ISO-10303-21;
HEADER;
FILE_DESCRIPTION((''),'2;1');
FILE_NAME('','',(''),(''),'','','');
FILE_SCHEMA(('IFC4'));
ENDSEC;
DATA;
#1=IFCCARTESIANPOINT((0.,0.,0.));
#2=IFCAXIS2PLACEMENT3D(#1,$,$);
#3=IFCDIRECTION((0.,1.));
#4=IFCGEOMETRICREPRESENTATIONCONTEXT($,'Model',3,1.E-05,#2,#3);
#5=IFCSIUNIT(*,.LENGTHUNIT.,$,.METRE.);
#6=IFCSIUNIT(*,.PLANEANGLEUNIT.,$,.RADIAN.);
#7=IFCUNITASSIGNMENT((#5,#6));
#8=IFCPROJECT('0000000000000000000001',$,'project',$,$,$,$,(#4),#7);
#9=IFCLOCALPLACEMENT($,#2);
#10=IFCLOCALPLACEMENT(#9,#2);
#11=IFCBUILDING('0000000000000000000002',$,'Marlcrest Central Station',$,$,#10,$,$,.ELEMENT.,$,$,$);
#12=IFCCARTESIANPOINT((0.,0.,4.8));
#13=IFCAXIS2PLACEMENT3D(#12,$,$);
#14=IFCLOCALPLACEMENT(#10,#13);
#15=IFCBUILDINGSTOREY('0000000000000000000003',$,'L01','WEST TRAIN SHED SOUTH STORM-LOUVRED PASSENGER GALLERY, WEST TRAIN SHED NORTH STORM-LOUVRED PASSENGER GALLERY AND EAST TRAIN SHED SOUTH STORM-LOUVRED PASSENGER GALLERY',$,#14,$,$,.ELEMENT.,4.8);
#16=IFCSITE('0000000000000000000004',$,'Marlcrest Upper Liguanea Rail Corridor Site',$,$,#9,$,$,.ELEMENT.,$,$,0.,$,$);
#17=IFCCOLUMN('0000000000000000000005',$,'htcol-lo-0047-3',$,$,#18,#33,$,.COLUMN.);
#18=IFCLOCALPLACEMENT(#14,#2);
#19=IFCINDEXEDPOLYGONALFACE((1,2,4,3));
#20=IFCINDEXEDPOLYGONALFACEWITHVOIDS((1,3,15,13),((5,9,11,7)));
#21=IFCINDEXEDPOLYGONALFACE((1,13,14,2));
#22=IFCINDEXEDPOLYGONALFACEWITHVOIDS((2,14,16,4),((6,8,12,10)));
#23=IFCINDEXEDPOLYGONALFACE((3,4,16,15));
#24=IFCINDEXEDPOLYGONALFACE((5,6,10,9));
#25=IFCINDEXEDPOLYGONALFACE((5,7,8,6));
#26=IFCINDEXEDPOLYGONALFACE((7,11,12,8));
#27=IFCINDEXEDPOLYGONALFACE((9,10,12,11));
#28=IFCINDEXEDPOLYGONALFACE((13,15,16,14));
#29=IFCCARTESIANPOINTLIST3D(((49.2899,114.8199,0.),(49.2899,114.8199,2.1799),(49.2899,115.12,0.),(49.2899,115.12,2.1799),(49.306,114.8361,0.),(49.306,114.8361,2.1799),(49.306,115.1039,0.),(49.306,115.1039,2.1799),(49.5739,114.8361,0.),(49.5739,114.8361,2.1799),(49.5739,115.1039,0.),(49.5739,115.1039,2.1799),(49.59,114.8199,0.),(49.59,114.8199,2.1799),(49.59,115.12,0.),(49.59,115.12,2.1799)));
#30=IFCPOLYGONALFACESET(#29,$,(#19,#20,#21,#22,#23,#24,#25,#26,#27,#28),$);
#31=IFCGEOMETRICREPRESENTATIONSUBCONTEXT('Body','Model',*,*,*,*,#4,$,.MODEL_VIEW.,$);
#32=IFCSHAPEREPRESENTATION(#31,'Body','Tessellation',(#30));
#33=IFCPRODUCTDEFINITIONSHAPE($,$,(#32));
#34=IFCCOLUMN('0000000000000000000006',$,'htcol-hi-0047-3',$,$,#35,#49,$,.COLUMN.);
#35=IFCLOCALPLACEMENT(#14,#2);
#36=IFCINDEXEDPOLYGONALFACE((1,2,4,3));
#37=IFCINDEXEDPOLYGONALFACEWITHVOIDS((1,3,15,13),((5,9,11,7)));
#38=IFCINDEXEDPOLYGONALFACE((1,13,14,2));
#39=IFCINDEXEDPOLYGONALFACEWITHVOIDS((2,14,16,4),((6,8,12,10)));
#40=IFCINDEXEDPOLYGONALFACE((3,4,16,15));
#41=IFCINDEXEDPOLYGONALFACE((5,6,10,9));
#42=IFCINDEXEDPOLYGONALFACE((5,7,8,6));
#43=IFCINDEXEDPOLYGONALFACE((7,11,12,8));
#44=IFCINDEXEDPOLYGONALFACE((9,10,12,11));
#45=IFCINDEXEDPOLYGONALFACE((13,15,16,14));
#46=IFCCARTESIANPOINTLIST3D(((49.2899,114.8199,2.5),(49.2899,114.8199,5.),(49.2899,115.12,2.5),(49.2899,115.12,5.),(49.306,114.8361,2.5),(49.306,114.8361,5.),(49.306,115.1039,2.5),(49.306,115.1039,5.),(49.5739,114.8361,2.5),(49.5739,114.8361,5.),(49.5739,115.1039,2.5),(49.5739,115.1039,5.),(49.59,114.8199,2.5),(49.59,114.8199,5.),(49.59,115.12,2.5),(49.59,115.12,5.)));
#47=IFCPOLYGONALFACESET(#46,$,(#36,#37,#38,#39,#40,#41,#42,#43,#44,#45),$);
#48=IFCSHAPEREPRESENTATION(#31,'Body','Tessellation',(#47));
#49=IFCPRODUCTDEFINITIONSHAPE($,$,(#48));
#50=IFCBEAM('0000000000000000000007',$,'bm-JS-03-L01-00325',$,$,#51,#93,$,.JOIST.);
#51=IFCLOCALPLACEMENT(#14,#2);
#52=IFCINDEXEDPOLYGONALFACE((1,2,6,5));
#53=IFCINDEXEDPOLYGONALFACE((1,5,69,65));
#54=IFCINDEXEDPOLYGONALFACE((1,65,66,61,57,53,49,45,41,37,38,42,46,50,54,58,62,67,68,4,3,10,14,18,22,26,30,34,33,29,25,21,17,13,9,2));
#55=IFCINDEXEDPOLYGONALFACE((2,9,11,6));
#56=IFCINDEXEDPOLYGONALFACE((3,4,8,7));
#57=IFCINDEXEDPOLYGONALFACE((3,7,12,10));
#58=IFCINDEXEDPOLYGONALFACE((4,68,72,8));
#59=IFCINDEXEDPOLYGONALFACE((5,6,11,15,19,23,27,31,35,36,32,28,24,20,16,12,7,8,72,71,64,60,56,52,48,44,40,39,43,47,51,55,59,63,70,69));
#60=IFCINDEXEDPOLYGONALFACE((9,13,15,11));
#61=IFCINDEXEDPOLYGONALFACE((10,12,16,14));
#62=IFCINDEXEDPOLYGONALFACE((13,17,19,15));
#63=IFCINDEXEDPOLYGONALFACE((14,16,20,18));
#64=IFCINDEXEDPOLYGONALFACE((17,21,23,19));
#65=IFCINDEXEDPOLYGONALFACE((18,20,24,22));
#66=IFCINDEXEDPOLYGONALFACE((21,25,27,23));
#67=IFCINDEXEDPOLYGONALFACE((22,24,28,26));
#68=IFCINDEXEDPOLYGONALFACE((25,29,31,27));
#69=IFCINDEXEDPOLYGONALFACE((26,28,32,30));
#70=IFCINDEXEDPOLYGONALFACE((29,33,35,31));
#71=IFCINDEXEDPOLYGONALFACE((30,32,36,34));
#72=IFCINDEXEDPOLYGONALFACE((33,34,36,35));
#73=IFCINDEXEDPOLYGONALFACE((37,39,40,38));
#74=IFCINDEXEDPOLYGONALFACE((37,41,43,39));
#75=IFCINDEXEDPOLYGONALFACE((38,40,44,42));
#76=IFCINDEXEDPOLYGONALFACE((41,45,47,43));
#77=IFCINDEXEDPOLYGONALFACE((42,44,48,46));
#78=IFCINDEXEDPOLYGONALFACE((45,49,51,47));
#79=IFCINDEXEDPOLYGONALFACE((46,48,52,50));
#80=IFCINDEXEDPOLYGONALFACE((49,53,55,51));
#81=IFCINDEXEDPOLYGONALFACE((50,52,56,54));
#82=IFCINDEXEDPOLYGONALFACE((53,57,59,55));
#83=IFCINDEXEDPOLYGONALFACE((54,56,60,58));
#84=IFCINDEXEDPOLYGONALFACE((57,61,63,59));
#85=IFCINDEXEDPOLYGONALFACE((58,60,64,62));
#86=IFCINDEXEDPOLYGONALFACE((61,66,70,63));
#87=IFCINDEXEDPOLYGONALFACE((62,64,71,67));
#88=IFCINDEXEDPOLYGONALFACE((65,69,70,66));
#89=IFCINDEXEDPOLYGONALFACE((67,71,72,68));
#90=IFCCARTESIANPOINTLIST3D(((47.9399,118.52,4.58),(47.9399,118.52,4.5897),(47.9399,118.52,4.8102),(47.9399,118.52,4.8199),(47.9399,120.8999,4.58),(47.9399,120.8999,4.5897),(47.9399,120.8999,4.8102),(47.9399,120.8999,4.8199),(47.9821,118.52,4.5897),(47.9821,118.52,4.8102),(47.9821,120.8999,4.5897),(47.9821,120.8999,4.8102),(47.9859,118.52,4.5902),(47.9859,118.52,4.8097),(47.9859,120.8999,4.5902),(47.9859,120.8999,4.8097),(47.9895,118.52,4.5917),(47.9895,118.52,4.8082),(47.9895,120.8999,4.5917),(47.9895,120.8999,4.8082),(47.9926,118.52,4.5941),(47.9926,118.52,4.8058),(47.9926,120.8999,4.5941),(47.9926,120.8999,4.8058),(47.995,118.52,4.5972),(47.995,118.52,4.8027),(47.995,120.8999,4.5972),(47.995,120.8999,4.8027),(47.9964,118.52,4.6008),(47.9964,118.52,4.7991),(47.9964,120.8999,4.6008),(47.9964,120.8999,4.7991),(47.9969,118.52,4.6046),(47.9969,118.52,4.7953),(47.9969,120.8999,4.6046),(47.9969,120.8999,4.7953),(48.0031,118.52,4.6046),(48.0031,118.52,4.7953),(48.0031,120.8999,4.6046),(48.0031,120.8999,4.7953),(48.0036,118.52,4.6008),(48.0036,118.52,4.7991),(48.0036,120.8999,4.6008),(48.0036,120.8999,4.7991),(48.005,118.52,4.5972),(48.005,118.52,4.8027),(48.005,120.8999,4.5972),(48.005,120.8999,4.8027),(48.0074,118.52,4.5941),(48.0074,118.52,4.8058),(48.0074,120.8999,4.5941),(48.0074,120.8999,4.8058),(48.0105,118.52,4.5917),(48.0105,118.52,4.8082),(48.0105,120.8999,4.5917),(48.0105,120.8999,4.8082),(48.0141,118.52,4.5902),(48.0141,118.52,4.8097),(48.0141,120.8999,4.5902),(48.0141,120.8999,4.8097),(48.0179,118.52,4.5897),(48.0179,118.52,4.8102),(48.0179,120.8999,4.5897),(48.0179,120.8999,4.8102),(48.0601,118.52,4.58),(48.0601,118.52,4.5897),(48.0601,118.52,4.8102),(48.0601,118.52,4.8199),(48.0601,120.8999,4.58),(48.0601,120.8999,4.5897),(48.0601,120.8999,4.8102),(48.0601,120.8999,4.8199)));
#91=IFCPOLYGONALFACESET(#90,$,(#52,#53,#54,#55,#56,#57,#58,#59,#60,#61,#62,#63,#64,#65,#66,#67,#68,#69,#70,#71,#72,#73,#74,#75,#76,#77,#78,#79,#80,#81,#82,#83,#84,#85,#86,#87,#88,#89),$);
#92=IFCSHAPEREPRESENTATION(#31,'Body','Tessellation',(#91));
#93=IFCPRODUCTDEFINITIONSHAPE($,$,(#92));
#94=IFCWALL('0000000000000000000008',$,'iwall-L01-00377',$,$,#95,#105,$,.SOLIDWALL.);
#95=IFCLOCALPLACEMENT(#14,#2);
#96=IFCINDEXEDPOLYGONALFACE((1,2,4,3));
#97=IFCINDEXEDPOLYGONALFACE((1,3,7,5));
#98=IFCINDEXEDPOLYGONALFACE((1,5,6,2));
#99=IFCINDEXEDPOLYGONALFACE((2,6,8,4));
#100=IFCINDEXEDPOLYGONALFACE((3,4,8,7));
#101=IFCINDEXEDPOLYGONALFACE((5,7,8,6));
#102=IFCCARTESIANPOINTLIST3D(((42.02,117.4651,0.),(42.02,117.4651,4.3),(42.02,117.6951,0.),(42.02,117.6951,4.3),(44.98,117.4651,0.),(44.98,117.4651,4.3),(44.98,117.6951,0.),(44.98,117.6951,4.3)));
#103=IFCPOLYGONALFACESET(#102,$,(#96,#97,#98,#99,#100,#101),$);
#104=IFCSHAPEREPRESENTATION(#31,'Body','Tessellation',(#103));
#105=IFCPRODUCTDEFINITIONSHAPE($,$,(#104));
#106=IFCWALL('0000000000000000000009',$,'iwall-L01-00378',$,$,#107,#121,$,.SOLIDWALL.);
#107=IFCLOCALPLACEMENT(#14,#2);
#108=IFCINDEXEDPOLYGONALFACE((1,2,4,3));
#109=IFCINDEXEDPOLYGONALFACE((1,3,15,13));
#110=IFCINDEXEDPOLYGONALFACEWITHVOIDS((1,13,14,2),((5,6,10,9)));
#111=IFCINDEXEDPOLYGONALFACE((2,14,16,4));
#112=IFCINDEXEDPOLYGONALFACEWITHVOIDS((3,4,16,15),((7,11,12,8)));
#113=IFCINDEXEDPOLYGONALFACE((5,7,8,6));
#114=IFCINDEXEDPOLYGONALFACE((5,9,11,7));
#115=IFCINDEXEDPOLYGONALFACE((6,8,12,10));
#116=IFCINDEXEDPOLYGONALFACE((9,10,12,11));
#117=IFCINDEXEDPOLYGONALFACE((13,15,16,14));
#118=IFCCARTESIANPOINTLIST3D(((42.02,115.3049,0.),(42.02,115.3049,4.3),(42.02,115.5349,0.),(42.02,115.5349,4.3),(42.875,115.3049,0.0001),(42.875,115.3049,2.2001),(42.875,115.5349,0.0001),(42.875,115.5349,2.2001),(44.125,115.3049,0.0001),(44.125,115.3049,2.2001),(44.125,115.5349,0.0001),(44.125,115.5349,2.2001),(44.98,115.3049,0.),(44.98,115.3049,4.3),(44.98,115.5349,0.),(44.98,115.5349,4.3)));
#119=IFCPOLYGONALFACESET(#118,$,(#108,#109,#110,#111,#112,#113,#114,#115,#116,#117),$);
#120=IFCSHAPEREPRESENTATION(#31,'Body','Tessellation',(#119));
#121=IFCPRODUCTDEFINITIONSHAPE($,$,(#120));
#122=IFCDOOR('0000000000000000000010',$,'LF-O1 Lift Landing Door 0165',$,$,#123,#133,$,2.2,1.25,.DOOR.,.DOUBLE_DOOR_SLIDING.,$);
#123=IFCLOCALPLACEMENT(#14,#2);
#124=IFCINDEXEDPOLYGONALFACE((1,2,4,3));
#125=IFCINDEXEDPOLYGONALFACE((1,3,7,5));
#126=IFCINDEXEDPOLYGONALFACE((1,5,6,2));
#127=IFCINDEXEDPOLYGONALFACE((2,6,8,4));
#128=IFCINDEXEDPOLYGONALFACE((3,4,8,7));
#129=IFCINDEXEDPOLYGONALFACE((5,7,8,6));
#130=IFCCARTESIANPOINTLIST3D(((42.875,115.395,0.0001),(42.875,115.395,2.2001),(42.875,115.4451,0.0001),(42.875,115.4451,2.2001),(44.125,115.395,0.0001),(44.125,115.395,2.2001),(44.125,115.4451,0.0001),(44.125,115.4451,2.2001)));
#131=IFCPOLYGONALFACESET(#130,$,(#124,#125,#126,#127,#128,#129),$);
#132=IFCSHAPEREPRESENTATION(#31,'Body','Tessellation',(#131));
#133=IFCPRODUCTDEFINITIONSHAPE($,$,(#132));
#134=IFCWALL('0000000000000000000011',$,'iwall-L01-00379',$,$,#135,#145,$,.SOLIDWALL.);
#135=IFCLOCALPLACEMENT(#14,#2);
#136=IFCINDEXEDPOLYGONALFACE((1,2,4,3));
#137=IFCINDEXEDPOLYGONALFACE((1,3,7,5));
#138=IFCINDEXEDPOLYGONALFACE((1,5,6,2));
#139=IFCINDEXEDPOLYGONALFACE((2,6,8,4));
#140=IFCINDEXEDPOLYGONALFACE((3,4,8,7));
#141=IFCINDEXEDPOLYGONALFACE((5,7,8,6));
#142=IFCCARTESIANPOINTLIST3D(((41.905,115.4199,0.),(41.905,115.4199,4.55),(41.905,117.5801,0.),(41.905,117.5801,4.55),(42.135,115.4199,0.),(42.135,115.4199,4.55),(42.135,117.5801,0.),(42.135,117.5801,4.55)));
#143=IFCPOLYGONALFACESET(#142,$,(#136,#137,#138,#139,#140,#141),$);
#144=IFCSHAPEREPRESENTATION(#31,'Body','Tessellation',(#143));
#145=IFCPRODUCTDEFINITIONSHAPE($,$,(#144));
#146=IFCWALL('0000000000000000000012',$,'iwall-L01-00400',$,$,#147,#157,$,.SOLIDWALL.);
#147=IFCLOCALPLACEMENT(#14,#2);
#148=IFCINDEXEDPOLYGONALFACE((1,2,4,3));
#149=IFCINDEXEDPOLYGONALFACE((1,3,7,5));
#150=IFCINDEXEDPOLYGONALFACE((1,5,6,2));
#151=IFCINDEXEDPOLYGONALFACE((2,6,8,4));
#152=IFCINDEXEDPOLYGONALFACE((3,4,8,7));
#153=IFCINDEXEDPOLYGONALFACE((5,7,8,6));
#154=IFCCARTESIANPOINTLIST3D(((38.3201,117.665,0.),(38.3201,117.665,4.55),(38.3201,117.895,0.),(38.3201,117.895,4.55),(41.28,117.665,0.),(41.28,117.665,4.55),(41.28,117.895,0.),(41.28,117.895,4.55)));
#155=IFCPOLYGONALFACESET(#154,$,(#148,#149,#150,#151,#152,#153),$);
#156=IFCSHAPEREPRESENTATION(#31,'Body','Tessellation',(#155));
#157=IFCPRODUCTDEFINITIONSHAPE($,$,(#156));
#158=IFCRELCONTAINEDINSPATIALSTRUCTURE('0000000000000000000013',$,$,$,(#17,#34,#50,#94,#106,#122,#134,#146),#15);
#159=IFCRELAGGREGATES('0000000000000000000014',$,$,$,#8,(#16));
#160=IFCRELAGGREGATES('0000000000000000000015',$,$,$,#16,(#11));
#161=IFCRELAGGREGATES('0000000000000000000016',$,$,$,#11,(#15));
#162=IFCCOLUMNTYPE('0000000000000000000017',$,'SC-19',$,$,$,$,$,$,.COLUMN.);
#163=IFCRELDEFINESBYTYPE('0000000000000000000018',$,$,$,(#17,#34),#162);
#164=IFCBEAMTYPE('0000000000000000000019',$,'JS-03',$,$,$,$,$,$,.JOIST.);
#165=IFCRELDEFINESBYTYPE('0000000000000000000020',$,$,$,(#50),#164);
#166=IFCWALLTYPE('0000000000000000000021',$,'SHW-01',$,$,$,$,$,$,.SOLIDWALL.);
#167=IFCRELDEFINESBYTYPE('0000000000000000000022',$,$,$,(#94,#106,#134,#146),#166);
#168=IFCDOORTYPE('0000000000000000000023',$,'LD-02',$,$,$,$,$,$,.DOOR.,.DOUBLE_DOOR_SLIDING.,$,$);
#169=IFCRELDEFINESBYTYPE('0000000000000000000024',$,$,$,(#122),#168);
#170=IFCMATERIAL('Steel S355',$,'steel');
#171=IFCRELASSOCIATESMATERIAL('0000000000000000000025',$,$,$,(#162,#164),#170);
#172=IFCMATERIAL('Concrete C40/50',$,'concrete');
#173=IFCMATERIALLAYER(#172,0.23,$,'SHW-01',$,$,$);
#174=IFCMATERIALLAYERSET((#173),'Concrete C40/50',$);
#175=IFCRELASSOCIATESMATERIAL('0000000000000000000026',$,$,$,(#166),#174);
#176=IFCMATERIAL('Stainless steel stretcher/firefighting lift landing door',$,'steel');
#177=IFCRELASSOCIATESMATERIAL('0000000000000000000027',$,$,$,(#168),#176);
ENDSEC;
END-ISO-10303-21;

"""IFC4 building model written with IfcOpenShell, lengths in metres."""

from ifc_helpers import new_model, si_unit, direction, frame, frame_2d, origin, origin_2d, place, context, subcontext, project, spatial, rectangle, hollow_rectangle, i_section, extrude, material, layer, layer_set, material_profile, profile_set, type_object, element, fill, save


model = new_model("IFC4")

# Units and contexts
model_context = context("Model", 3, precision=1e-05, world=origin(), true_north=direction((0.0, 1.0)))
body_context = subcontext(model_context, "Body", "Model", "MODEL_VIEW")
ifc_project = project(units=[si_unit("LENGTHUNIT", "METRE"), si_unit("PLANEANGLEUNIT", "RADIAN")], contexts=[model_context])

# Site, building, storey
site_placement = place(None, origin())
site = spatial("IfcSite", under=ifc_project, at=site_placement, Name="Marlcrest Upper Liguanea Rail Corridor Site", CompositionType="ELEMENT", RefElevation=0.0)
building_placement = place(site_placement, origin())
building = spatial("IfcBuilding", under=site, at=building_placement, Name="Marlcrest Central Station", CompositionType="ELEMENT")
storey_placement = place(building_placement, frame((0.0, 0.0, 4.8)))
storey = spatial("IfcBuildingStorey", under=building, at=storey_placement, Name="L01", Description="WEST TRAIN SHED SOUTH STORM-LOUVRED PASSENGER GALLERY, WEST TRAIN SHED NORTH STORM-LOUVRED PASSENGER GALLERY AND EAST TRAIN SHED SOUTH STORM-LOUVRED PASSENGER GALLERY", CompositionType="ELEMENT", Elevation=4.8)

# Columns
ifc_material_1 = material(Name="Steel S355", Category="steel")
ifc_material_profile_1 = material_profile(ifc_material_1, hollow_rectangle(XDim=0.3, YDim=0.3, WallThickness=0.0161, at=origin_2d()), Name="SHS 300x300x16")
ifc_profile_set_1 = profile_set([ifc_material_profile_1], Name="Steel S355")
column_type = type_object("IfcColumnType", Name="SC-19", PredefinedType="COLUMN", material=ifc_profile_set_1)
column_1_placement = place(storey_placement, frame((49.4399, 114.97, 0.0), z_axis=(0.0, 0.0, 1.0), x_axis=(1.0, 0.0, 0.0)))
element("IfcColumn", 1, at=column_1_placement, inside=storey, type_object=column_type, Name="htcol-lo-0047-3", PredefinedType="COLUMN", context=body_context, shape_type="SweptSolid", body=[
    extrude(hollow_rectangle(XDim=0.3, YDim=0.3, WallThickness=0.0161, at=origin_2d()), origin(), (0.0, 0.0, 1.0), 2.1799),
])
column_2_placement = place(storey_placement, frame((49.4399, 114.97, 2.5), z_axis=(0.0, 0.0, 1.0), x_axis=(1.0, 0.0, 0.0)))
element("IfcColumn", 2, at=column_2_placement, inside=storey, type_object=column_type, Name="htcol-hi-0047-3", PredefinedType="COLUMN", context=body_context, shape_type="SweptSolid", body=[
    extrude(hollow_rectangle(XDim=0.3, YDim=0.3, WallThickness=0.0161, at=origin_2d()), origin(), (0.0, 0.0, 1.0), 2.5),
])

# Beam
ifc_material_profile_2 = material_profile(ifc_material_1, i_section(OverallWidth=0.1201, OverallDepth=0.24, WebThickness=0.0061, FlangeThickness=0.0098, FilletRadius=0.0149, at=origin_2d()), Name="IPE 240")
ifc_profile_set_2 = profile_set([ifc_material_profile_2], Name="Steel S355")
beam_type = type_object("IfcBeamType", Name="JS-03", PredefinedType="JOIST", material=ifc_profile_set_2)
beam_placement = place(storey_placement, frame((48.0, 118.52, 4.7), z_axis=(0.0, 1.0, 0.0), x_axis=(-1.0, 0.0, 0.0)))
element("IfcBeam", 3, at=beam_placement, inside=storey, type_object=beam_type, Name="bm-JS-03-L01-00325", PredefinedType="JOIST", context=body_context, shape_type="SweptSolid", body=[
    extrude(i_section(OverallWidth=0.1201, OverallDepth=0.24, WebThickness=0.0061, FlangeThickness=0.0098, FilletRadius=0.0149, at=origin_2d()), origin(), (0.0, 0.0, 1.0), 2.3799),
])

# Wall
ifc_material_2 = material(Name="Concrete C40/50", Category="concrete")
ifc_layer_1 = layer(ifc_material_2, 0.23, Name="SHW-01")
ifc_layer_set_1 = layer_set([ifc_layer_1], Name="Concrete C40/50")
wall_type_1 = type_object("IfcWallType", Name="SHW-01", PredefinedType="SOLIDWALL", material=ifc_layer_set_1)
wall_1_placement = place(storey_placement, frame((42.02, 117.5801, 0.0), z_axis=(0.0, 0.0, 1.0), x_axis=(1.0, 0.0, 0.0)))
element("IfcWall", 4, at=wall_1_placement, inside=storey, type_object=wall_type_1, Name="iwall-L01-00377", PredefinedType="SOLIDWALL", context=body_context, shape_type="SweptSolid", body=[
    extrude(rectangle(XDim=2.96, YDim=0.23, at=frame_2d((1.48, 0.0))), origin(), (0.0, 0.0, 1.0), 4.3),
])

# Wall, opening, door
wall_2_placement = place(storey_placement, frame((44.98, 115.4199, 0.0), z_axis=(0.0, 0.0, 1.0), x_axis=(-1.0, 0.0, 0.0)))
wall_2 = element("IfcWall", 5, at=wall_2_placement, inside=storey, type_object=wall_type_1, Name="iwall-L01-00378", PredefinedType="SOLIDWALL", context=body_context, shape_type="SweptSolid", body=[
    extrude(rectangle(XDim=2.96, YDim=0.23, at=frame_2d((1.48, 0.0))), origin(), (0.0, 0.0, 1.0), 4.3),
])
opening_1_placement = place(wall_2_placement, frame((0.855, 0.0, 0.0)))
opening_1 = element("IfcOpeningElement", 6, at=opening_1_placement, cuts=wall_2, PredefinedType="OPENING", context=body_context, shape_type="SweptSolid", body=[
    extrude(rectangle(XDim=1.25, YDim=2.2, at=frame_2d((0.625, 1.1001))), frame((0.0, 0.125, 0.0), z_axis=(0.0, -1.0, 0.0), x_axis=(1.0, 0.0, 0.0)), (0.0, 0.0, 1.0), 0.25),
])
ifc_material_3 = material(Name="Stainless steel stretcher/firefighting lift landing door", Category="steel")
door_type_1 = type_object("IfcDoorType", Name="LD-02", OperationType="DOUBLE_DOOR_SLIDING", PredefinedType="DOOR", material=ifc_material_3)
door_1_placement = place(opening_1_placement, origin())
door_1 = element("IfcDoor", 7, at=door_1_placement, inside=storey, type_object=door_type_1, Name="LF-O1 Lift Landing Door 0165", OperationType="DOUBLE_DOOR_SLIDING", OverallHeight=2.2, OverallWidth=1.25, PredefinedType="DOOR", context=body_context, shape_type="SweptSolid", body=[
    extrude(rectangle(XDim=1.25, YDim=2.2, at=frame_2d((0.625, 1.1001))), frame((0.0, 0.0249, 0.0), z_axis=(0.0, -1.0, 0.0), x_axis=(1.0, 0.0, 0.0)), (0.0, 0.0, 1.0), 0.05),
])
fill(opening_1, door_1)

# Walls
wall_3_placement = place(storey_placement, frame((42.02, 115.4199, 0.0), z_axis=(0.0, 0.0, 1.0), x_axis=(0.0, 1.0, 0.0)))
element("IfcWall", 8, at=wall_3_placement, inside=storey, type_object=wall_type_1, Name="iwall-L01-00379", PredefinedType="SOLIDWALL", context=body_context, shape_type="SweptSolid", body=[
    extrude(rectangle(XDim=2.1602, YDim=0.23, at=frame_2d((1.0801, 0.0))), origin(), (0.0, 0.0, 1.0), 4.55),
])
wall_4_placement = place(storey_placement, frame((38.3201, 117.78, 0.0), z_axis=(0.0, 0.0, 1.0), x_axis=(1.0, 0.0, 0.0)))
element("IfcWall", 9, at=wall_4_placement, inside=storey, type_object=wall_type_1, Name="iwall-L01-00400", PredefinedType="SOLIDWALL", context=body_context, shape_type="SweptSolid", body=[
    extrude(rectangle(XDim=2.96, YDim=0.23, at=frame_2d((1.48, 0.0))), origin(), (0.0, 0.0, 1.0), 4.55),
])

save(model, "model.ifc")
